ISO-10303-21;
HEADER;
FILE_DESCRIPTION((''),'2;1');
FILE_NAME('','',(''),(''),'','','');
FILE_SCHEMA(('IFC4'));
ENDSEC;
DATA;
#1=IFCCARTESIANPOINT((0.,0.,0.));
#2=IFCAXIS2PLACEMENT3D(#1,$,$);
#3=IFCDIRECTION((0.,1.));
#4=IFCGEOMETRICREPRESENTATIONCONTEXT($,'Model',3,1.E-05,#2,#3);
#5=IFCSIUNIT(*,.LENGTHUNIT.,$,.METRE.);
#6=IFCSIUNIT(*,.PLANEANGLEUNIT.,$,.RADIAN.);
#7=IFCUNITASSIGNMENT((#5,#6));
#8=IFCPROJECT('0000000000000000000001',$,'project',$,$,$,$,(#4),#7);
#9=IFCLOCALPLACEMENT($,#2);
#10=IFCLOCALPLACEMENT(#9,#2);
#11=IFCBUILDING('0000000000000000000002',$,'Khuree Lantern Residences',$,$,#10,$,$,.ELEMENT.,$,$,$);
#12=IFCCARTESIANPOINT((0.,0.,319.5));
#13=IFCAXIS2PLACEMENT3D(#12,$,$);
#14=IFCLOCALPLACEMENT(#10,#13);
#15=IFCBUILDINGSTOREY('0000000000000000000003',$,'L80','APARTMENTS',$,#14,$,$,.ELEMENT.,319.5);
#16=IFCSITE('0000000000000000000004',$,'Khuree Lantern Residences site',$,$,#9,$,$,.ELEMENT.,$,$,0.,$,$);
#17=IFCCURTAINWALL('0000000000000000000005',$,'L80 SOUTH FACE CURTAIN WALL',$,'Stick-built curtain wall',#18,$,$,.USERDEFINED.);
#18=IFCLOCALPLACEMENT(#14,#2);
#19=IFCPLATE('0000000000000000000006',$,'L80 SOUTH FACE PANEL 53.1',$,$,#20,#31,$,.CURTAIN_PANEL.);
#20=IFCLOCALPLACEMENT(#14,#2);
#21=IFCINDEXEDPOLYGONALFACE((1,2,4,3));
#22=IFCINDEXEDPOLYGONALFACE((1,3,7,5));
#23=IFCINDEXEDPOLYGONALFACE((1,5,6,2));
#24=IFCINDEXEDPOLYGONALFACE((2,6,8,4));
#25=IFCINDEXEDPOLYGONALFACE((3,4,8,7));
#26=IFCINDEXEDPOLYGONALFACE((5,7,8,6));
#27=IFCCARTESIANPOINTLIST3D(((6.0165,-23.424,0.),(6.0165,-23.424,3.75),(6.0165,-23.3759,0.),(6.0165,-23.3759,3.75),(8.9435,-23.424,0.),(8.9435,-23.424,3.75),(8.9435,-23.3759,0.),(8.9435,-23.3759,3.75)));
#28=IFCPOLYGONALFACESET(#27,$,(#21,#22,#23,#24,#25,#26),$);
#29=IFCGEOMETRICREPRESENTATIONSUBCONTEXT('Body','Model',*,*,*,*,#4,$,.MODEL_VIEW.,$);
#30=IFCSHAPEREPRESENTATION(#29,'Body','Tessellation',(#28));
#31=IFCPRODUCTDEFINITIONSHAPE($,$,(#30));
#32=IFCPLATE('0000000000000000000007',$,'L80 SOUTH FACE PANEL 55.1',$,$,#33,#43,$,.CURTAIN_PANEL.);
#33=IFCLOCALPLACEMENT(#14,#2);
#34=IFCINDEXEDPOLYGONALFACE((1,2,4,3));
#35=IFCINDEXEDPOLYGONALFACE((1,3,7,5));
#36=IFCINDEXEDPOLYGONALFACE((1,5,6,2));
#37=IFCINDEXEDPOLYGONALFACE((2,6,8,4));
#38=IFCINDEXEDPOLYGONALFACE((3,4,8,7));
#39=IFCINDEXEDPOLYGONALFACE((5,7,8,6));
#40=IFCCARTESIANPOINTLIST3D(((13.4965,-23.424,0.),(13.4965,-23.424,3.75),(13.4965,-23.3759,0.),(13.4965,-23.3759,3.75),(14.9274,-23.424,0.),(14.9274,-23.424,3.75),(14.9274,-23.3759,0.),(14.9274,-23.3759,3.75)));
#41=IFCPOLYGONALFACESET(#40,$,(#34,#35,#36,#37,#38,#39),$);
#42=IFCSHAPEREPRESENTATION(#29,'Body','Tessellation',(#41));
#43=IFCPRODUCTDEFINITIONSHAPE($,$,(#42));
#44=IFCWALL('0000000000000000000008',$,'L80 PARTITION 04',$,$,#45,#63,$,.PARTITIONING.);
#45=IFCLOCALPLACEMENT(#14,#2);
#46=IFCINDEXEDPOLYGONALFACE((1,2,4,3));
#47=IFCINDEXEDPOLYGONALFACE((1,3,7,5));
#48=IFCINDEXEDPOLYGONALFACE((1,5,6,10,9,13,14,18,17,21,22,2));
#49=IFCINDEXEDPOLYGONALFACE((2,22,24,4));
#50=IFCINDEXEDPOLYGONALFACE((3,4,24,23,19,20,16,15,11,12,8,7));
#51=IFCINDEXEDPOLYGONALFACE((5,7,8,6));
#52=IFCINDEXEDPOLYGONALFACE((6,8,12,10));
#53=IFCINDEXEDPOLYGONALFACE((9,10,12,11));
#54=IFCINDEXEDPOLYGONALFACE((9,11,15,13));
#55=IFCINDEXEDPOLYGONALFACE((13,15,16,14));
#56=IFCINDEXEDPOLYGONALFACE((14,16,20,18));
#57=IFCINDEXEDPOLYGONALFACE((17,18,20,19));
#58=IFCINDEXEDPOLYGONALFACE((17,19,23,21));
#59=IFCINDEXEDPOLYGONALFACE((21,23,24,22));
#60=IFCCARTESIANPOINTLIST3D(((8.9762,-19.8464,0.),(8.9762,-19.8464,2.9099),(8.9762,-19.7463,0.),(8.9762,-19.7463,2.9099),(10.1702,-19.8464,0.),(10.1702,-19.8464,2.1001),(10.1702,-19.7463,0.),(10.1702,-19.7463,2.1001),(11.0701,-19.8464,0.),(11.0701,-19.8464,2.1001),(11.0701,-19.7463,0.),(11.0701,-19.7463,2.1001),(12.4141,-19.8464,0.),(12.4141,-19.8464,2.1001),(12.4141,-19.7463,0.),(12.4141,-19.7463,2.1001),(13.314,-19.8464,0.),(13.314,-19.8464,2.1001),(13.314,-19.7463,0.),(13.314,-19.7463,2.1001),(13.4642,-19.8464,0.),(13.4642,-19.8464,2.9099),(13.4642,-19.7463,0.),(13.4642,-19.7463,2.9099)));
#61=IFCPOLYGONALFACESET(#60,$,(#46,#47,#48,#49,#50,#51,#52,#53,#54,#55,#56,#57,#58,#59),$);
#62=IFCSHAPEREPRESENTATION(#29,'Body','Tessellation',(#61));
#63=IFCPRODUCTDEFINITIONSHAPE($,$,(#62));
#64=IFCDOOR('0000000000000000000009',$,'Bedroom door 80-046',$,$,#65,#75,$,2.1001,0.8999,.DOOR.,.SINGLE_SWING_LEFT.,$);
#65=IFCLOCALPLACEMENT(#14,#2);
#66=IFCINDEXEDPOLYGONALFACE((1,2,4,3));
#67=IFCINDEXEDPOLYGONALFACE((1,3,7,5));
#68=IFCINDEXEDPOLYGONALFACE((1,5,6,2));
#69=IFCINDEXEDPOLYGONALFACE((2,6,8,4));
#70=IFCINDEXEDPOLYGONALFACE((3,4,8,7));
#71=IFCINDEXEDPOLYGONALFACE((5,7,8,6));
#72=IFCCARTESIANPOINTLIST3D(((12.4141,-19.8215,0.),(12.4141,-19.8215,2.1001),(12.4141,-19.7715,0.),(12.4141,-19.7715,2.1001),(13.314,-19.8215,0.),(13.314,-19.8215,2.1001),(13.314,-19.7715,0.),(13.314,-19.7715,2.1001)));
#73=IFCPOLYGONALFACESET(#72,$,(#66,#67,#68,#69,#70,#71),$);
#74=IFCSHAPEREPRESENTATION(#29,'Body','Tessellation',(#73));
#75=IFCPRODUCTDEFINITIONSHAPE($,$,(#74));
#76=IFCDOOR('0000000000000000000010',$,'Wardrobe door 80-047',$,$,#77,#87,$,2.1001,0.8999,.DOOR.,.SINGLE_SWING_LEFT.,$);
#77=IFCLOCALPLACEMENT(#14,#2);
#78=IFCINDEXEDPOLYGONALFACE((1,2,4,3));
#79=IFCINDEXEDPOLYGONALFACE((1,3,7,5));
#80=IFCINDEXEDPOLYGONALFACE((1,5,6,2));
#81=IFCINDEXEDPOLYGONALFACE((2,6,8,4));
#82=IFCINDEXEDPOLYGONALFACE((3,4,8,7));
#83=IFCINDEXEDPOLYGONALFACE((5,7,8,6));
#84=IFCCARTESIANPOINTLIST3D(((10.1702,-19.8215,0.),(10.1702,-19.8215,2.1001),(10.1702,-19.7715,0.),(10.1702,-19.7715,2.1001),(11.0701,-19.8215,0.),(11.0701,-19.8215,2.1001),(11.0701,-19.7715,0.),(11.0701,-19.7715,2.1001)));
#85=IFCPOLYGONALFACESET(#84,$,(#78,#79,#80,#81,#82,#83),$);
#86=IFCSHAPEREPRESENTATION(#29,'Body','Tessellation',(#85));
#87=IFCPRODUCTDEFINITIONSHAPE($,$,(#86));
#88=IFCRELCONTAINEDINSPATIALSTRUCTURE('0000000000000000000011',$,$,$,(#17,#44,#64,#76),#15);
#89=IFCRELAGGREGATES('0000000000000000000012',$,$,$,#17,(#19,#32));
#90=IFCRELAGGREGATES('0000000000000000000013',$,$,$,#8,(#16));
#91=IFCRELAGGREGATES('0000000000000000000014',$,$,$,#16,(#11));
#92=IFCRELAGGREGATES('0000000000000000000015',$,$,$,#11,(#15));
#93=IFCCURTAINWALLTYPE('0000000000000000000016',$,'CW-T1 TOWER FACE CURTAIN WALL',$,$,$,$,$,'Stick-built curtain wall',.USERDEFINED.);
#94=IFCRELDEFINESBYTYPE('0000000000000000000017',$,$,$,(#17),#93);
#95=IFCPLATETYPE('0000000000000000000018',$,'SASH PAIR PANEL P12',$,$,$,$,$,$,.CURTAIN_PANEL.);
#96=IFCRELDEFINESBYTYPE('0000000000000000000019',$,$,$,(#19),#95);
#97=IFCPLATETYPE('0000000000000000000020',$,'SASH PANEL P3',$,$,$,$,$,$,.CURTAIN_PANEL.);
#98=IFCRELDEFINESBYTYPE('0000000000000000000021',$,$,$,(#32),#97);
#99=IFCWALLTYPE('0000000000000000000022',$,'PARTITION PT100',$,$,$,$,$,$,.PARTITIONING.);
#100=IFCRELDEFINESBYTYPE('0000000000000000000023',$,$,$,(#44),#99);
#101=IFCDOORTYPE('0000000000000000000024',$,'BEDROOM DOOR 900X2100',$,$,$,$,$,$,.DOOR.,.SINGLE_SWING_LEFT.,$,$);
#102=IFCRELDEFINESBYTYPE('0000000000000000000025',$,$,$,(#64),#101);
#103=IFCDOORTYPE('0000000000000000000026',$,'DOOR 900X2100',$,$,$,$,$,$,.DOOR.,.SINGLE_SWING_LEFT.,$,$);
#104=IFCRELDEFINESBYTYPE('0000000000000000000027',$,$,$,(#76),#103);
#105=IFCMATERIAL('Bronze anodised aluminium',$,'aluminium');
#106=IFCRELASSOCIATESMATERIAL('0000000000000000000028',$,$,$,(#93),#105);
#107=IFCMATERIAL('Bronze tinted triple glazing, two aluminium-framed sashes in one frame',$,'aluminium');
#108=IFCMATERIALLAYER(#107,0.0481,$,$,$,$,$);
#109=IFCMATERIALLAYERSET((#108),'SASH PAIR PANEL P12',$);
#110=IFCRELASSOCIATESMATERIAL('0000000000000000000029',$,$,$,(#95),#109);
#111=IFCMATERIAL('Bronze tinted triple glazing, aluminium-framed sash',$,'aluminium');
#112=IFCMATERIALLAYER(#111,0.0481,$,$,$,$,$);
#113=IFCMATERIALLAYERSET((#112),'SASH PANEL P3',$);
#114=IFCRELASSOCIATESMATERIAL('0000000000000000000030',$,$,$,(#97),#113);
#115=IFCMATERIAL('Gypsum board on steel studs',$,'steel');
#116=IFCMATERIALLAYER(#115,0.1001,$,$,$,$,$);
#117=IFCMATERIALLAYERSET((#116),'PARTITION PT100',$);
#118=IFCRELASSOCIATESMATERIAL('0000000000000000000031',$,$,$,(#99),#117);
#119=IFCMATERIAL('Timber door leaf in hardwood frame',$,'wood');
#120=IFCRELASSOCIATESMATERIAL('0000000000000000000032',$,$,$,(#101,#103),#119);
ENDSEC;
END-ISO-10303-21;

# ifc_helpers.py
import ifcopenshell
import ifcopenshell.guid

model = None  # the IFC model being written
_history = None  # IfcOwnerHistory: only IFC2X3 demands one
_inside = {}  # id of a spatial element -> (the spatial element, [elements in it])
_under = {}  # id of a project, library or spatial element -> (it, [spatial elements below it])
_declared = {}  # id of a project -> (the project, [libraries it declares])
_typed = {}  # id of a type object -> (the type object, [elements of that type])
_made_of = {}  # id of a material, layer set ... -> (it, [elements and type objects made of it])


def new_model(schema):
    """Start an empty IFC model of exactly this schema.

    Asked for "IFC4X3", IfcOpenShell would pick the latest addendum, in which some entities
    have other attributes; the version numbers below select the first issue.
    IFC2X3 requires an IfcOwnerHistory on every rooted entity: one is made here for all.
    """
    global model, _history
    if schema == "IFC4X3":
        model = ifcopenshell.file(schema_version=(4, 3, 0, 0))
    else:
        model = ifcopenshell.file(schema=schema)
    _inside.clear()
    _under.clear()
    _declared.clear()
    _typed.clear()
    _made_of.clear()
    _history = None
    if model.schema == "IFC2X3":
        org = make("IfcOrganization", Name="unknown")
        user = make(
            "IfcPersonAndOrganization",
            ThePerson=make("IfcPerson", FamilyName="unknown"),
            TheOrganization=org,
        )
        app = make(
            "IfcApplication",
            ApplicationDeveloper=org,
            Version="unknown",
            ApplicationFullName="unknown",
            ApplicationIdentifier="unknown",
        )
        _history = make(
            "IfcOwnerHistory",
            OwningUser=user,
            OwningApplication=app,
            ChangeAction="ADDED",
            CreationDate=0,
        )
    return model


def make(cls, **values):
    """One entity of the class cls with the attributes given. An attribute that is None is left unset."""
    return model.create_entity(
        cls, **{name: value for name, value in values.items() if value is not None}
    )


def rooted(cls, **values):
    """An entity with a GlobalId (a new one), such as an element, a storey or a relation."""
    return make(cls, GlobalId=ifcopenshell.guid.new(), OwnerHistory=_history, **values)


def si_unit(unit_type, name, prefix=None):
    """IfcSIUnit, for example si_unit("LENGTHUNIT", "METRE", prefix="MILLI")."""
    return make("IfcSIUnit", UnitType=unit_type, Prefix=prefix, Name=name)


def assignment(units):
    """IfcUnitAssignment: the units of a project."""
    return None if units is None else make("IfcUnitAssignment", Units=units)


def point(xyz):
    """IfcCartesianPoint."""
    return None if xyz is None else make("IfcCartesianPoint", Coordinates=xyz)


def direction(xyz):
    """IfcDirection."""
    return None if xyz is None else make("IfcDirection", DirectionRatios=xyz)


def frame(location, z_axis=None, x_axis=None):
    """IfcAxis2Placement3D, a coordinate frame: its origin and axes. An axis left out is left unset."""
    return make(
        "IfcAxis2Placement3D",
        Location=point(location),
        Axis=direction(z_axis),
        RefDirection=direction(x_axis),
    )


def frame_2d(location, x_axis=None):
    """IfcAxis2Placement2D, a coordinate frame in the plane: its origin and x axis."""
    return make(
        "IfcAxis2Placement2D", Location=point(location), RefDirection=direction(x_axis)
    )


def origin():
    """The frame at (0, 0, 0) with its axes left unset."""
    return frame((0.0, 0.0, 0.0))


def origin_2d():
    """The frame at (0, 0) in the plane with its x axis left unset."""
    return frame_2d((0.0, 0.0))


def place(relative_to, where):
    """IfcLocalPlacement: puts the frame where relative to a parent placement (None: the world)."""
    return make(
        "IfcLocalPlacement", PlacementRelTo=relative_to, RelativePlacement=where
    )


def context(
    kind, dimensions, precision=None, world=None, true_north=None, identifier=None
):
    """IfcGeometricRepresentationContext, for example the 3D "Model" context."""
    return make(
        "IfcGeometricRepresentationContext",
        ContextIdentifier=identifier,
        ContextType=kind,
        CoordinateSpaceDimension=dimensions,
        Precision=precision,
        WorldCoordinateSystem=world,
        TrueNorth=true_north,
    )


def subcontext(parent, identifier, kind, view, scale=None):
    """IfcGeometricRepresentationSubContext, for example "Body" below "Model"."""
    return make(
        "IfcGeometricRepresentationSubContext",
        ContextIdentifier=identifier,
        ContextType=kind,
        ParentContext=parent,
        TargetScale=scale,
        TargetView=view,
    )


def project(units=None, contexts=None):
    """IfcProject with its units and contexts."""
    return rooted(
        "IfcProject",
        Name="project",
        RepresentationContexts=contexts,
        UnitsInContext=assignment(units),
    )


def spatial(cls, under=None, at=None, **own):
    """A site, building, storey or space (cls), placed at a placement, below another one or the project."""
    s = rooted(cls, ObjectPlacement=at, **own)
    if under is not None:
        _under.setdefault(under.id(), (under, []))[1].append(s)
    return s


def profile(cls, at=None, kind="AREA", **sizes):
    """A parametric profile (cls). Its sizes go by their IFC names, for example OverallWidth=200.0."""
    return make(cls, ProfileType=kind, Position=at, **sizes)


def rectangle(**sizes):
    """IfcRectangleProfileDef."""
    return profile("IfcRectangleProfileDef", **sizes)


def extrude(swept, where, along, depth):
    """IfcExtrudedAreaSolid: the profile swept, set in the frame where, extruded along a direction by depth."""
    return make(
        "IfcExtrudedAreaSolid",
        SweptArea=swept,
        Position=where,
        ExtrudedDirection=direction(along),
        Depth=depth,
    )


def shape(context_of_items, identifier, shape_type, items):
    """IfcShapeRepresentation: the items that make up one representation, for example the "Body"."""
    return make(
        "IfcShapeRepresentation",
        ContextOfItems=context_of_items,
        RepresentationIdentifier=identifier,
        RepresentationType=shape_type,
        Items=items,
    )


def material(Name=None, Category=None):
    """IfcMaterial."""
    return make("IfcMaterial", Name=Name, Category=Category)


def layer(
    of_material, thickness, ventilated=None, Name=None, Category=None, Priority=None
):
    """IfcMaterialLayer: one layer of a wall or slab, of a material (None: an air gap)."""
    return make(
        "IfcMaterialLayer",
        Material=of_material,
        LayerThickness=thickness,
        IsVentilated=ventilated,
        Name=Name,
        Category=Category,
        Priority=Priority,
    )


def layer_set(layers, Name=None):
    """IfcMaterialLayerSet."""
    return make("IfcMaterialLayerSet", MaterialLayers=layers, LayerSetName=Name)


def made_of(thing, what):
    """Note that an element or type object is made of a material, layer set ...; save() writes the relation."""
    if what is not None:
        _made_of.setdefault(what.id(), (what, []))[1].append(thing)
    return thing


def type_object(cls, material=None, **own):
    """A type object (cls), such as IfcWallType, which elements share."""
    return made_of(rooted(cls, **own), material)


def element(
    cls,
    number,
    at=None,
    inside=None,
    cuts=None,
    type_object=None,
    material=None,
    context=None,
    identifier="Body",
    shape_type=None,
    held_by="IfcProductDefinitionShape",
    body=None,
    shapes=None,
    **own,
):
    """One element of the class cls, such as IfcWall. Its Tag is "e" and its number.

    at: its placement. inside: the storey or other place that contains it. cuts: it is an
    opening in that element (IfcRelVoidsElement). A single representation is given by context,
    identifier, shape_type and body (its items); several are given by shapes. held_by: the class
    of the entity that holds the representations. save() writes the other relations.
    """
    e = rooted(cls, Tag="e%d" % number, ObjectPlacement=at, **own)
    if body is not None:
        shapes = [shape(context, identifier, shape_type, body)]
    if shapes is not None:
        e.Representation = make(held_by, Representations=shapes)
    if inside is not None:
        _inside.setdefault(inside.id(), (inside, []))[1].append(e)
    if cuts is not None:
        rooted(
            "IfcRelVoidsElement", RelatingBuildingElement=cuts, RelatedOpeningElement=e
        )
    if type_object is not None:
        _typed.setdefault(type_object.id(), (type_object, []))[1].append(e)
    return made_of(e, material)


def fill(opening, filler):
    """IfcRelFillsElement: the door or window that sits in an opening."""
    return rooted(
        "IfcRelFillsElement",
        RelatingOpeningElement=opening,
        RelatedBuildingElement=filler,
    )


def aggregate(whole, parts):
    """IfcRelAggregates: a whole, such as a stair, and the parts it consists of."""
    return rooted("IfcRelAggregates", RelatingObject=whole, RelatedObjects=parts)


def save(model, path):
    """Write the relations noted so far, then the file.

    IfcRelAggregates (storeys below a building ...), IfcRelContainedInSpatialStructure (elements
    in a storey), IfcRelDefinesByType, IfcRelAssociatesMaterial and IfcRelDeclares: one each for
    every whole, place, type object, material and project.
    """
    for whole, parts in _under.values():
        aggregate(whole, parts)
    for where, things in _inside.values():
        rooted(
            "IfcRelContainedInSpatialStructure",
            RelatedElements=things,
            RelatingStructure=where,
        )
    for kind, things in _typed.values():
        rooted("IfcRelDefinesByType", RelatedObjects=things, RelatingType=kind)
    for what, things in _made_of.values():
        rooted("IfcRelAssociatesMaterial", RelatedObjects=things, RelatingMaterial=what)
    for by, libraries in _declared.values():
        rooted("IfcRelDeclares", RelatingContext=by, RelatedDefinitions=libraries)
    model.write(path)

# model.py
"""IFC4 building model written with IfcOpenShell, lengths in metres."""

from ifc_helpers import new_model, si_unit, direction, frame, frame_2d, origin, origin_2d, place, context, subcontext, project, spatial, rectangle, extrude, material, layer, layer_set, type_object, element, fill, aggregate, save


model = new_model("IFC4")

# Units and contexts
model_context = context("Model", 3, precision=1e-05, world=origin(), true_north=direction((0.0, 1.0)))
body_context = subcontext(model_context, "Body", "Model", "MODEL_VIEW")
ifc_project = project(units=[si_unit("LENGTHUNIT", "METRE"), si_unit("PLANEANGLEUNIT", "RADIAN")], contexts=[model_context])

# Site, building, storey
site_placement = place(None, origin())
site = spatial("IfcSite", under=ifc_project, at=site_placement, Name="Khuree Lantern Residences site", CompositionType="ELEMENT", RefElevation=0.0)
building_placement = place(site_placement, origin())
building = spatial("IfcBuilding", under=site, at=building_placement, Name="Khuree Lantern Residences", CompositionType="ELEMENT")
storey_placement = place(building_placement, frame((0.0, 0.0, 319.5)))
storey = spatial("IfcBuildingStorey", under=building, at=storey_placement, Name="L80", Description="APARTMENTS", CompositionType="ELEMENT", Elevation=319.5)

# Curtain wall
ifc_material_1 = material(Name="Bronze anodised aluminium", Category="aluminium")
curtain_wall_type = type_object("IfcCurtainWallType", Name="CW-T1 TOWER FACE CURTAIN WALL", ElementType="Stick-built curtain wall", PredefinedType="USERDEFINED", material=ifc_material_1)
curtain_wall_placement = place(storey_placement, origin())
curtain_wall = element("IfcCurtainWall", 1, at=curtain_wall_placement, inside=storey, type_object=curtain_wall_type, Name="L80 SOUTH FACE CURTAIN WALL", ObjectType="Stick-built curtain wall", PredefinedType="USERDEFINED")

# Plates
ifc_material_2 = material(Name="Bronze tinted triple glazing, two aluminium-framed sashes in one frame", Category="aluminium")
ifc_layer_1 = layer(ifc_material_2, 0.0481)
ifc_layer_set_1 = layer_set([ifc_layer_1], Name="SASH PAIR PANEL P12")
plate_type_1 = type_object("IfcPlateType", Name="SASH PAIR PANEL P12", PredefinedType="CURTAIN_PANEL", material=ifc_layer_set_1)
plate_1_placement = place(storey_placement, frame((7.48, -23.3999, 0.0), z_axis=(0.0, 0.0, 1.0), x_axis=(1.0, 0.0, 0.0)))
plate_1 = element("IfcPlate", 2, at=plate_1_placement, type_object=plate_type_1, Name="L80 SOUTH FACE PANEL 53.1", PredefinedType="CURTAIN_PANEL", context=body_context, shape_type="SweptSolid", body=[
    extrude(rectangle(XDim=2.927, YDim=0.0481, at=origin_2d()), origin(), (0.0, 0.0, 1.0), 3.75),
])
ifc_material_3 = material(Name="Bronze tinted triple glazing, aluminium-framed sash", Category="aluminium")
ifc_layer_2 = layer(ifc_material_3, 0.0481)
ifc_layer_set_2 = layer_set([ifc_layer_2], Name="SASH PANEL P3")
plate_type_2 = type_object("IfcPlateType", Name="SASH PANEL P3", PredefinedType="CURTAIN_PANEL", material=ifc_layer_set_2)
plate_2_placement = place(storey_placement, frame((14.2119, -23.3999, 0.0), z_axis=(0.0, 0.0, 1.0), x_axis=(1.0, 0.0, 0.0)))
plate_2 = element("IfcPlate", 3, at=plate_2_placement, type_object=plate_type_2, Name="L80 SOUTH FACE PANEL 55.1", PredefinedType="CURTAIN_PANEL", context=body_context, shape_type="SweptSolid", body=[
    extrude(rectangle(XDim=1.4309, YDim=0.0481, at=origin_2d()), origin(), (0.0, 0.0, 1.0), 3.75),
])
aggregate(curtain_wall, [plate_1, plate_2])

# Wall, openings, doors
ifc_material_4 = material(Name="Gypsum board on steel studs", Category="steel")
ifc_layer_3 = layer(ifc_material_4, 0.1001)
ifc_layer_set_3 = layer_set([ifc_layer_3], Name="PARTITION PT100")
wall_type = type_object("IfcWallType", Name="PARTITION PT100", PredefinedType="PARTITIONING", material=ifc_layer_set_3)
wall_placement = place(storey_placement, frame((8.9761, -19.7964, 0.0), z_axis=(0.0, 0.0, 1.0), x_axis=(1.0, 0.0, 0.0)))
wall = element("IfcWall", 4, at=wall_placement, inside=storey, type_object=wall_type, Name="L80 PARTITION 04", PredefinedType="PARTITIONING", context=body_context, shape_type="SweptSolid", body=[
    extrude(rectangle(XDim=4.488, YDim=0.1001, at=frame_2d((2.2441, 0.0))), origin(), (0.0, 0.0, 1.0), 2.9099),
])
opening_1_placement = place(wall_placement, frame((3.438, 0.0, 0.0)))
opening_1 = element("IfcOpeningElement", 5, at=opening_1_placement, cuts=wall, PredefinedType="OPENING", context=body_context, shape_type="SweptSolid", body=[
    extrude(rectangle(XDim=0.8999, YDim=2.1001, at=frame_2d((0.45, 1.05))), frame((0.0, 0.0601, 0.0), z_axis=(0.0, -1.0, 0.0), x_axis=(1.0, 0.0, 0.0)), (0.0, 0.0, 1.0), 0.1201),
])
opening_2_placement = place(wall_placement, frame((1.1941, 0.0, 0.0)))
opening_2 = element("IfcOpeningElement", 6, at=opening_2_placement, cuts=wall, PredefinedType="OPENING", context=body_context, shape_type="SweptSolid", body=[
    extrude(rectangle(XDim=0.8999, YDim=2.1001, at=frame_2d((0.45, 1.05))), frame((0.0, 0.0601, 0.0), z_axis=(0.0, -1.0, 0.0), x_axis=(1.0, 0.0, 0.0)), (0.0, 0.0, 1.0), 0.1201),
])
ifc_material_5 = material(Name="Timber door leaf in hardwood frame", Category="wood")
door_type_1 = type_object("IfcDoorType", Name="BEDROOM DOOR 900X2100", OperationType="SINGLE_SWING_LEFT", PredefinedType="DOOR", material=ifc_material_5)
door_1_placement = place(opening_1_placement, origin())
door_1 = element("IfcDoor", 7, at=door_1_placement, inside=storey, type_object=door_type_1, Name="Bedroom door 80-046", OperationType="SINGLE_SWING_LEFT", OverallHeight=2.1001, OverallWidth=0.8999, PredefinedType="DOOR", context=body_context, shape_type="SweptSolid", body=[
    extrude(rectangle(XDim=0.8999, YDim=2.1001, at=frame_2d((0.45, 1.05))), frame((0.0, 0.0249, 0.0), z_axis=(0.0, -1.0, 0.0), x_axis=(1.0, 0.0, 0.0)), (0.0, 0.0, 1.0), 0.05),
])
fill(opening_1, door_1)
door_type_2 = type_object("IfcDoorType", Name="DOOR 900X2100", OperationType="SINGLE_SWING_LEFT", PredefinedType="DOOR", material=ifc_material_5)
door_2_placement = place(opening_2_placement, origin())
door_2 = element("IfcDoor", 8, at=door_2_placement, inside=storey, type_object=door_type_2, Name="Wardrobe door 80-047", OperationType="SINGLE_SWING_LEFT", OverallHeight=2.1001, OverallWidth=0.8999, PredefinedType="DOOR", context=body_context, shape_type="SweptSolid", body=[
    extrude(rectangle(XDim=0.8999, YDim=2.1001, at=frame_2d((0.45, 1.05))), frame((0.0, 0.0249, 0.0), z_axis=(0.0, -1.0, 0.0), x_axis=(1.0, 0.0, 0.0)), (0.0, 0.0, 1.0), 0.05),
])
fill(opening_2, door_2)

save(model, "model.ifc")
